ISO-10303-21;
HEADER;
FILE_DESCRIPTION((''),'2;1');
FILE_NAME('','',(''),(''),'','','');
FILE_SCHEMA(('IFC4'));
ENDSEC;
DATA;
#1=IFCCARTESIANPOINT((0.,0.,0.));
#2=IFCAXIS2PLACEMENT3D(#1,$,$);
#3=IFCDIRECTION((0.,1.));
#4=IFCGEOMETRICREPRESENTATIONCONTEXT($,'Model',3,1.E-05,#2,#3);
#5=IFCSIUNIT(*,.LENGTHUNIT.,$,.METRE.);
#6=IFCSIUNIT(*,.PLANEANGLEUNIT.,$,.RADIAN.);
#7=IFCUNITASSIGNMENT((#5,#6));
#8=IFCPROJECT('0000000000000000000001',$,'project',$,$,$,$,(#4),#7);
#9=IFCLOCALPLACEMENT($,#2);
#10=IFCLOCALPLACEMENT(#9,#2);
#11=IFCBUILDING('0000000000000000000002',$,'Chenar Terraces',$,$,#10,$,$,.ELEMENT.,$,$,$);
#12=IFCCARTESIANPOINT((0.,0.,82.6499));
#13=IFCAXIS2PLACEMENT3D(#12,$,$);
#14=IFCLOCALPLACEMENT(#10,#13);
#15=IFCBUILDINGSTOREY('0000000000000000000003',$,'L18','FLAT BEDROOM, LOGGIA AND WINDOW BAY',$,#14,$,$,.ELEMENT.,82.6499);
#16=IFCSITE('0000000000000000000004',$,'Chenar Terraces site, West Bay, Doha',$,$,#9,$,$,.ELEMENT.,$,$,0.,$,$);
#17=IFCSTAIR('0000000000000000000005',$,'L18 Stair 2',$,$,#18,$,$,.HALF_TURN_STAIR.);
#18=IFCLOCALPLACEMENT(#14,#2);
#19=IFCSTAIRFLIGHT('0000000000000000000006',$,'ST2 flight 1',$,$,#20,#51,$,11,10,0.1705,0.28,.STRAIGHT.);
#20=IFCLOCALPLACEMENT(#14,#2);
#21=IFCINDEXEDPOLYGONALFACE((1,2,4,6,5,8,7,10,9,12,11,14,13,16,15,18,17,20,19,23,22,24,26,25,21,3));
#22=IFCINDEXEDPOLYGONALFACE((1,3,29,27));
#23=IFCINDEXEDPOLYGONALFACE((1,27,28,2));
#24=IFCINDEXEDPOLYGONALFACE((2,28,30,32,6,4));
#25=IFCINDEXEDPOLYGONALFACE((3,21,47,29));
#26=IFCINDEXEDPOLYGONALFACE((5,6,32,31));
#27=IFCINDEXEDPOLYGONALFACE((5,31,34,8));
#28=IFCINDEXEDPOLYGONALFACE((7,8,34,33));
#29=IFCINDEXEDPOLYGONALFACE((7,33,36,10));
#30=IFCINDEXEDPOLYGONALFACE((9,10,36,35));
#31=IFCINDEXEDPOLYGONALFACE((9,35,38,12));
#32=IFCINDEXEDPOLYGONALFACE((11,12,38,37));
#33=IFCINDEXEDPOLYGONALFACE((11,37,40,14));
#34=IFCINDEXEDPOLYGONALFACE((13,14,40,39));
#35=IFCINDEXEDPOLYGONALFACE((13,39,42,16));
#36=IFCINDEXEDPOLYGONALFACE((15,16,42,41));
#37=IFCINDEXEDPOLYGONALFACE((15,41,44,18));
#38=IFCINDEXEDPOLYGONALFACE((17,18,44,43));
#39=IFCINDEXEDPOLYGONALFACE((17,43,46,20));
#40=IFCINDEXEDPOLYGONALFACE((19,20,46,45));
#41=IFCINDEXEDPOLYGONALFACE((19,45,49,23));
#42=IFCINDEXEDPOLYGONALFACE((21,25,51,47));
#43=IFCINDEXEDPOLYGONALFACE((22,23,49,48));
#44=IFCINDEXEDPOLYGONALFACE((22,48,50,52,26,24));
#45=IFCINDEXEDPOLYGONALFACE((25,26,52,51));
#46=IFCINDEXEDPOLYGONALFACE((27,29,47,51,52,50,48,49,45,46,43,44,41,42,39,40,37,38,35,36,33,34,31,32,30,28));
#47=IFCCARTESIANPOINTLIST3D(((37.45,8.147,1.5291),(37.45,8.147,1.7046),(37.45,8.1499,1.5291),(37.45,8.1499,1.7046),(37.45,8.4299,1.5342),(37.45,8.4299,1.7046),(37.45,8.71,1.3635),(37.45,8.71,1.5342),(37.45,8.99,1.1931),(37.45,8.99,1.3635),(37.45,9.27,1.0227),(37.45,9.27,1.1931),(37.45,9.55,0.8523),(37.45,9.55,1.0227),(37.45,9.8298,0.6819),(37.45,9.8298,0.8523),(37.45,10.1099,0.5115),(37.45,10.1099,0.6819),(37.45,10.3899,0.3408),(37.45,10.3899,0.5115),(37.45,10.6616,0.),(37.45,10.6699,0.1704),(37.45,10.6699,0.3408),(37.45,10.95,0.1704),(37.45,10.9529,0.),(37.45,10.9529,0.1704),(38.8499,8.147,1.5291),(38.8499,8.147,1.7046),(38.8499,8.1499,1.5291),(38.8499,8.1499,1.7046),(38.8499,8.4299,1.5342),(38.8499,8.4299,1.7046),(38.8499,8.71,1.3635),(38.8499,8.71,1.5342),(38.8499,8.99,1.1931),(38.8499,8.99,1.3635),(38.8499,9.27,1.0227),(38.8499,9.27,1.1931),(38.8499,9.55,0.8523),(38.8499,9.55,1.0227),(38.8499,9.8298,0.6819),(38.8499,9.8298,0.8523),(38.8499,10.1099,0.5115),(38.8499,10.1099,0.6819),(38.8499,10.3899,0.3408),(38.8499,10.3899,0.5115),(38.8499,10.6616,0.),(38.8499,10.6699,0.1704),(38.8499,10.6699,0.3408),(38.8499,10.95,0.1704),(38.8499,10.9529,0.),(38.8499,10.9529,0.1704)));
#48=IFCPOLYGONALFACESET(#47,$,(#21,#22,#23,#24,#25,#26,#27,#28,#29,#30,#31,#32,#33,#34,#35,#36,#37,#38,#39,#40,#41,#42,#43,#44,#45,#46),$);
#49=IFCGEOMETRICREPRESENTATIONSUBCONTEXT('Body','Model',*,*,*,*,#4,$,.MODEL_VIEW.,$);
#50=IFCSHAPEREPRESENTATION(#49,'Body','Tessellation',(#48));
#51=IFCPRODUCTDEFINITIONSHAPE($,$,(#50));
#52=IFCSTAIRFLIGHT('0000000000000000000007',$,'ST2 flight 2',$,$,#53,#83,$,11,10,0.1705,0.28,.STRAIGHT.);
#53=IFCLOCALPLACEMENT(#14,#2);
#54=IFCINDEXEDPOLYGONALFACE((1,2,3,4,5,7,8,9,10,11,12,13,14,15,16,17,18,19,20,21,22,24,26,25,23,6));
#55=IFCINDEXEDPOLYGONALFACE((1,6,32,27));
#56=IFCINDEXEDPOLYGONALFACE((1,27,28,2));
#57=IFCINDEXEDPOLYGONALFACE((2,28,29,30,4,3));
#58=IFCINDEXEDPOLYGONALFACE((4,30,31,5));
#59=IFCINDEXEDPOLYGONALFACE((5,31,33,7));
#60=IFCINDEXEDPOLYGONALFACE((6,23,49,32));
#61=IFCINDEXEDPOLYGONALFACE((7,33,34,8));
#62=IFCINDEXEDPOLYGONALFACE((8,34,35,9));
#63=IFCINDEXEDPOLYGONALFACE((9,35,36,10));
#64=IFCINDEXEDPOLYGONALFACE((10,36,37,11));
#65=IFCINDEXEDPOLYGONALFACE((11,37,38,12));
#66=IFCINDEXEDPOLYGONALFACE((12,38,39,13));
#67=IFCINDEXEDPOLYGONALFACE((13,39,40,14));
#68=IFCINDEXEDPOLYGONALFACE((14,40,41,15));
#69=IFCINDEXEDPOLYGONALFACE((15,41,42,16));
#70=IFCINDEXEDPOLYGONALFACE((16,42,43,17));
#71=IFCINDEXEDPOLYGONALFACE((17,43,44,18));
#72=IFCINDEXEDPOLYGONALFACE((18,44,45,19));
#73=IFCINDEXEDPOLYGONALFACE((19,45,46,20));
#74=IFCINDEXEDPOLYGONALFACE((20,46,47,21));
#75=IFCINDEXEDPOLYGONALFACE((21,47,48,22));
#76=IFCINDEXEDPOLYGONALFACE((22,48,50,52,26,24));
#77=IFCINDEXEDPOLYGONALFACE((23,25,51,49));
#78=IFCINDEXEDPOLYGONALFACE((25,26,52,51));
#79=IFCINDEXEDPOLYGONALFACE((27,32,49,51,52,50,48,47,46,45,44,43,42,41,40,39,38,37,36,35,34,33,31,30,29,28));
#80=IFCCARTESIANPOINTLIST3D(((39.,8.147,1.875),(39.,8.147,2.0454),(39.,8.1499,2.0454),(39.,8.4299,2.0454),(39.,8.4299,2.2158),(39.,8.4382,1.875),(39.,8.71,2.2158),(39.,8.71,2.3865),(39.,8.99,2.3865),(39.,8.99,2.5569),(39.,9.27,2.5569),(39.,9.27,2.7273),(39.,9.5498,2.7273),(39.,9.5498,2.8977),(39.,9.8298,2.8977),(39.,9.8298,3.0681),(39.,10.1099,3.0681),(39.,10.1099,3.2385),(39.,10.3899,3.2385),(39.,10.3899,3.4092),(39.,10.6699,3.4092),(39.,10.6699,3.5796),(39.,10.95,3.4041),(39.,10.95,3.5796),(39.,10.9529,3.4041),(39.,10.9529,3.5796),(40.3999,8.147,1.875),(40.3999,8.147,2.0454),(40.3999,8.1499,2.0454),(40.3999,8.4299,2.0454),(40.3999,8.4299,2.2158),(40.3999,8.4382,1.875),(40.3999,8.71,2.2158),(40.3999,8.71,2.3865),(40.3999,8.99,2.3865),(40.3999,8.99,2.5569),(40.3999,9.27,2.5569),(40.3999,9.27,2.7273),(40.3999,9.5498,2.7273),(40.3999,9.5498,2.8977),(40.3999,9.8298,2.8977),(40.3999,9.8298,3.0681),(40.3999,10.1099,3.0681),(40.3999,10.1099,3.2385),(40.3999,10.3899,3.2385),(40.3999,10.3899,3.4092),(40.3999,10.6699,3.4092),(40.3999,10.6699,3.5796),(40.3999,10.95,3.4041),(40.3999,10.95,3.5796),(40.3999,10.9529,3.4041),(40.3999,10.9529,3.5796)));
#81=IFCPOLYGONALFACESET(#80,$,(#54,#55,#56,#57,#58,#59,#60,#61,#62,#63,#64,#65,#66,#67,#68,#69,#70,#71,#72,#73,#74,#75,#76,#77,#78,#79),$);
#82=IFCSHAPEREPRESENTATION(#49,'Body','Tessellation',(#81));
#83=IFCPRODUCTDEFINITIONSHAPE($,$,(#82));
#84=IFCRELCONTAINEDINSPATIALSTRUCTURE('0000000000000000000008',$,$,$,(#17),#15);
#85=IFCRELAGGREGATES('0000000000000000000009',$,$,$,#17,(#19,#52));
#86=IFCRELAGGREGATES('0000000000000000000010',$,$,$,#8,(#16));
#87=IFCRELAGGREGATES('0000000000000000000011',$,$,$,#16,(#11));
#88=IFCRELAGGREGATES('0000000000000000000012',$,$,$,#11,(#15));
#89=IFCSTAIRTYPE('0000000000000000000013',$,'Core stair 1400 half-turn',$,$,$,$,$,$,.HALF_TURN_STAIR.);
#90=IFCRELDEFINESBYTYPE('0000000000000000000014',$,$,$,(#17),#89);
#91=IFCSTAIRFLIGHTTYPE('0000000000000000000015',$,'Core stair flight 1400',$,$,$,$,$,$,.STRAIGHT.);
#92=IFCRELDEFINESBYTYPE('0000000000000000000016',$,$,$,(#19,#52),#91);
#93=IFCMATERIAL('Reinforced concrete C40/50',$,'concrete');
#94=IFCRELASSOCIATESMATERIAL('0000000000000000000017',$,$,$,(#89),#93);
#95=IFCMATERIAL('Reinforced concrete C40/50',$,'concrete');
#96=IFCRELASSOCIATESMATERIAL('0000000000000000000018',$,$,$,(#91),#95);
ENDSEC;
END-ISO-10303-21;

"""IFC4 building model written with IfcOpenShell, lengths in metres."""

from ifc_helpers import new_model, si_unit, direction, frame, origin, place, context, subcontext, project, spatial, polyline, outline, extrude, material, type_object, element, aggregate, save


model = new_model("IFC4")

# Units and contexts
model_context = context("Model", 3, precision=1e-05, world=origin(), true_north=direction((0.0, 1.0)))
body_context = subcontext(model_context, "Body", "Model", "MODEL_VIEW")
ifc_project = project(units=[si_unit("LENGTHUNIT", "METRE"), si_unit("PLANEANGLEUNIT", "RADIAN")], contexts=[model_context])

# Site, building, storey
site_placement = place(None, origin())
site = spatial("IfcSite", under=ifc_project, at=site_placement, Name="Chenar Terraces site, West Bay, Doha", CompositionType="ELEMENT", RefElevation=0.0)
building_placement = place(site_placement, origin())
building = spatial("IfcBuilding", under=site, at=building_placement, Name="Chenar Terraces", CompositionType="ELEMENT")
storey_placement = place(building_placement, frame((0.0, 0.0, 82.6499)))
storey = spatial("IfcBuildingStorey", under=building, at=storey_placement, Name="L18", Description="FLAT BEDROOM, LOGGIA AND WINDOW BAY", CompositionType="ELEMENT", Elevation=82.6499)

# Stair, stair flights
ifc_material_1 = material(Name="Reinforced concrete C40/50", Category="concrete")
stair_type = type_object("IfcStairType", Name="Core stair 1400 half-turn", PredefinedType="HALF_TURN_STAIR", material=ifc_material_1)
stair_placement = place(storey_placement, origin())
stair = element("IfcStair", 1, at=stair_placement, inside=storey, type_object=stair_type, Name="L18 Stair 2", PredefinedType="HALF_TURN_STAIR")
ifc_material_2 = material(Name="Reinforced concrete C40/50", Category="concrete")
stair_flight_type = type_object("IfcStairFlightType", Name="Core stair flight 1400", PredefinedType="STRAIGHT", material=ifc_material_2)
stair_flight_1_placement = place(storey_placement, frame((38.1499, 10.95, 0.0), z_axis=(0.0, 0.0, 1.0), x_axis=(0.0, -1.0, 0.0)))
stair_flight_1 = element("IfcStairFlight", 2, at=stair_flight_1_placement, type_object=stair_flight_type, Name="ST2 flight 1", NumberOfRisers=11, NumberOfTreads=10, PredefinedType="STRAIGHT", RiserHeight=0.1705, TreadLength=0.28, context=body_context, shape_type="SweptSolid", body=[
    extrude(outline(polyline([(-0.0029, 0.0), (-0.0029, 0.1704), (0.0, 0.1704), (0.28, 0.1704), (0.28, 0.3408), (0.5601, 0.3408), (0.5601, 0.5115), (0.8401, 0.5115), (0.8401, 0.6819), (1.1201, 0.6819), (1.1201, 0.8523), (1.3999, 0.8523), (1.3999, 1.0227), (1.6799, 1.0227), (1.6799, 1.1931), (1.96, 1.1931), (1.96, 1.3635), (2.24, 1.3635), (2.24, 1.5342), (2.52, 1.5342), (2.52, 1.7046), (2.8, 1.7046), (2.803, 1.7046), (2.803, 1.5291), (2.8, 1.5291), (0.2883, 0.0), (-0.0029, 0.0)])), frame((0.0, 0.7, 0.0), z_axis=(0.0, -1.0, 0.0), x_axis=(1.0, 0.0, 0.0)), (0.0, 0.0, 1.0), 1.3999),
])
stair_flight_2_placement = place(storey_placement, frame((39.7, 8.1499, 1.875), z_axis=(0.0, 0.0, 1.0), x_axis=(0.0, 1.0, 0.0)))
stair_flight_2 = element("IfcStairFlight", 3, at=stair_flight_2_placement, type_object=stair_flight_type, Name="ST2 flight 2", NumberOfRisers=11, NumberOfTreads=10, PredefinedType="STRAIGHT", RiserHeight=0.1705, TreadLength=0.28, context=body_context, shape_type="SweptSolid", body=[
    extrude(outline(polyline([(-0.0029, 0.0), (-0.0029, 0.1704), (0.0, 0.1704), (0.28, 0.1704), (0.28, 0.3408), (0.5601, 0.3408), (0.5601, 0.5115), (0.8401, 0.5115), (0.8401, 0.6819), (1.1201, 0.6819), (1.1201, 0.8523), (1.3999, 0.8523), (1.3999, 1.0227), (1.6799, 1.0227), (1.6799, 1.1931), (1.96, 1.1931), (1.96, 1.3635), (2.24, 1.3635), (2.24, 1.5342), (2.52, 1.5342), (2.52, 1.7046), (2.8, 1.7046), (2.803, 1.7046), (2.803, 1.5291), (2.8, 1.5291), (0.2883, 0.0), (-0.0029, 0.0)])), frame((0.0, 0.7, 0.0), z_axis=(0.0, -1.0, 0.0), x_axis=(1.0, 0.0, 0.0)), (0.0, 0.0, 1.0), 1.3999),
])
aggregate(stair, [stair_flight_1, stair_flight_2])

save(model, "model.ifc")
